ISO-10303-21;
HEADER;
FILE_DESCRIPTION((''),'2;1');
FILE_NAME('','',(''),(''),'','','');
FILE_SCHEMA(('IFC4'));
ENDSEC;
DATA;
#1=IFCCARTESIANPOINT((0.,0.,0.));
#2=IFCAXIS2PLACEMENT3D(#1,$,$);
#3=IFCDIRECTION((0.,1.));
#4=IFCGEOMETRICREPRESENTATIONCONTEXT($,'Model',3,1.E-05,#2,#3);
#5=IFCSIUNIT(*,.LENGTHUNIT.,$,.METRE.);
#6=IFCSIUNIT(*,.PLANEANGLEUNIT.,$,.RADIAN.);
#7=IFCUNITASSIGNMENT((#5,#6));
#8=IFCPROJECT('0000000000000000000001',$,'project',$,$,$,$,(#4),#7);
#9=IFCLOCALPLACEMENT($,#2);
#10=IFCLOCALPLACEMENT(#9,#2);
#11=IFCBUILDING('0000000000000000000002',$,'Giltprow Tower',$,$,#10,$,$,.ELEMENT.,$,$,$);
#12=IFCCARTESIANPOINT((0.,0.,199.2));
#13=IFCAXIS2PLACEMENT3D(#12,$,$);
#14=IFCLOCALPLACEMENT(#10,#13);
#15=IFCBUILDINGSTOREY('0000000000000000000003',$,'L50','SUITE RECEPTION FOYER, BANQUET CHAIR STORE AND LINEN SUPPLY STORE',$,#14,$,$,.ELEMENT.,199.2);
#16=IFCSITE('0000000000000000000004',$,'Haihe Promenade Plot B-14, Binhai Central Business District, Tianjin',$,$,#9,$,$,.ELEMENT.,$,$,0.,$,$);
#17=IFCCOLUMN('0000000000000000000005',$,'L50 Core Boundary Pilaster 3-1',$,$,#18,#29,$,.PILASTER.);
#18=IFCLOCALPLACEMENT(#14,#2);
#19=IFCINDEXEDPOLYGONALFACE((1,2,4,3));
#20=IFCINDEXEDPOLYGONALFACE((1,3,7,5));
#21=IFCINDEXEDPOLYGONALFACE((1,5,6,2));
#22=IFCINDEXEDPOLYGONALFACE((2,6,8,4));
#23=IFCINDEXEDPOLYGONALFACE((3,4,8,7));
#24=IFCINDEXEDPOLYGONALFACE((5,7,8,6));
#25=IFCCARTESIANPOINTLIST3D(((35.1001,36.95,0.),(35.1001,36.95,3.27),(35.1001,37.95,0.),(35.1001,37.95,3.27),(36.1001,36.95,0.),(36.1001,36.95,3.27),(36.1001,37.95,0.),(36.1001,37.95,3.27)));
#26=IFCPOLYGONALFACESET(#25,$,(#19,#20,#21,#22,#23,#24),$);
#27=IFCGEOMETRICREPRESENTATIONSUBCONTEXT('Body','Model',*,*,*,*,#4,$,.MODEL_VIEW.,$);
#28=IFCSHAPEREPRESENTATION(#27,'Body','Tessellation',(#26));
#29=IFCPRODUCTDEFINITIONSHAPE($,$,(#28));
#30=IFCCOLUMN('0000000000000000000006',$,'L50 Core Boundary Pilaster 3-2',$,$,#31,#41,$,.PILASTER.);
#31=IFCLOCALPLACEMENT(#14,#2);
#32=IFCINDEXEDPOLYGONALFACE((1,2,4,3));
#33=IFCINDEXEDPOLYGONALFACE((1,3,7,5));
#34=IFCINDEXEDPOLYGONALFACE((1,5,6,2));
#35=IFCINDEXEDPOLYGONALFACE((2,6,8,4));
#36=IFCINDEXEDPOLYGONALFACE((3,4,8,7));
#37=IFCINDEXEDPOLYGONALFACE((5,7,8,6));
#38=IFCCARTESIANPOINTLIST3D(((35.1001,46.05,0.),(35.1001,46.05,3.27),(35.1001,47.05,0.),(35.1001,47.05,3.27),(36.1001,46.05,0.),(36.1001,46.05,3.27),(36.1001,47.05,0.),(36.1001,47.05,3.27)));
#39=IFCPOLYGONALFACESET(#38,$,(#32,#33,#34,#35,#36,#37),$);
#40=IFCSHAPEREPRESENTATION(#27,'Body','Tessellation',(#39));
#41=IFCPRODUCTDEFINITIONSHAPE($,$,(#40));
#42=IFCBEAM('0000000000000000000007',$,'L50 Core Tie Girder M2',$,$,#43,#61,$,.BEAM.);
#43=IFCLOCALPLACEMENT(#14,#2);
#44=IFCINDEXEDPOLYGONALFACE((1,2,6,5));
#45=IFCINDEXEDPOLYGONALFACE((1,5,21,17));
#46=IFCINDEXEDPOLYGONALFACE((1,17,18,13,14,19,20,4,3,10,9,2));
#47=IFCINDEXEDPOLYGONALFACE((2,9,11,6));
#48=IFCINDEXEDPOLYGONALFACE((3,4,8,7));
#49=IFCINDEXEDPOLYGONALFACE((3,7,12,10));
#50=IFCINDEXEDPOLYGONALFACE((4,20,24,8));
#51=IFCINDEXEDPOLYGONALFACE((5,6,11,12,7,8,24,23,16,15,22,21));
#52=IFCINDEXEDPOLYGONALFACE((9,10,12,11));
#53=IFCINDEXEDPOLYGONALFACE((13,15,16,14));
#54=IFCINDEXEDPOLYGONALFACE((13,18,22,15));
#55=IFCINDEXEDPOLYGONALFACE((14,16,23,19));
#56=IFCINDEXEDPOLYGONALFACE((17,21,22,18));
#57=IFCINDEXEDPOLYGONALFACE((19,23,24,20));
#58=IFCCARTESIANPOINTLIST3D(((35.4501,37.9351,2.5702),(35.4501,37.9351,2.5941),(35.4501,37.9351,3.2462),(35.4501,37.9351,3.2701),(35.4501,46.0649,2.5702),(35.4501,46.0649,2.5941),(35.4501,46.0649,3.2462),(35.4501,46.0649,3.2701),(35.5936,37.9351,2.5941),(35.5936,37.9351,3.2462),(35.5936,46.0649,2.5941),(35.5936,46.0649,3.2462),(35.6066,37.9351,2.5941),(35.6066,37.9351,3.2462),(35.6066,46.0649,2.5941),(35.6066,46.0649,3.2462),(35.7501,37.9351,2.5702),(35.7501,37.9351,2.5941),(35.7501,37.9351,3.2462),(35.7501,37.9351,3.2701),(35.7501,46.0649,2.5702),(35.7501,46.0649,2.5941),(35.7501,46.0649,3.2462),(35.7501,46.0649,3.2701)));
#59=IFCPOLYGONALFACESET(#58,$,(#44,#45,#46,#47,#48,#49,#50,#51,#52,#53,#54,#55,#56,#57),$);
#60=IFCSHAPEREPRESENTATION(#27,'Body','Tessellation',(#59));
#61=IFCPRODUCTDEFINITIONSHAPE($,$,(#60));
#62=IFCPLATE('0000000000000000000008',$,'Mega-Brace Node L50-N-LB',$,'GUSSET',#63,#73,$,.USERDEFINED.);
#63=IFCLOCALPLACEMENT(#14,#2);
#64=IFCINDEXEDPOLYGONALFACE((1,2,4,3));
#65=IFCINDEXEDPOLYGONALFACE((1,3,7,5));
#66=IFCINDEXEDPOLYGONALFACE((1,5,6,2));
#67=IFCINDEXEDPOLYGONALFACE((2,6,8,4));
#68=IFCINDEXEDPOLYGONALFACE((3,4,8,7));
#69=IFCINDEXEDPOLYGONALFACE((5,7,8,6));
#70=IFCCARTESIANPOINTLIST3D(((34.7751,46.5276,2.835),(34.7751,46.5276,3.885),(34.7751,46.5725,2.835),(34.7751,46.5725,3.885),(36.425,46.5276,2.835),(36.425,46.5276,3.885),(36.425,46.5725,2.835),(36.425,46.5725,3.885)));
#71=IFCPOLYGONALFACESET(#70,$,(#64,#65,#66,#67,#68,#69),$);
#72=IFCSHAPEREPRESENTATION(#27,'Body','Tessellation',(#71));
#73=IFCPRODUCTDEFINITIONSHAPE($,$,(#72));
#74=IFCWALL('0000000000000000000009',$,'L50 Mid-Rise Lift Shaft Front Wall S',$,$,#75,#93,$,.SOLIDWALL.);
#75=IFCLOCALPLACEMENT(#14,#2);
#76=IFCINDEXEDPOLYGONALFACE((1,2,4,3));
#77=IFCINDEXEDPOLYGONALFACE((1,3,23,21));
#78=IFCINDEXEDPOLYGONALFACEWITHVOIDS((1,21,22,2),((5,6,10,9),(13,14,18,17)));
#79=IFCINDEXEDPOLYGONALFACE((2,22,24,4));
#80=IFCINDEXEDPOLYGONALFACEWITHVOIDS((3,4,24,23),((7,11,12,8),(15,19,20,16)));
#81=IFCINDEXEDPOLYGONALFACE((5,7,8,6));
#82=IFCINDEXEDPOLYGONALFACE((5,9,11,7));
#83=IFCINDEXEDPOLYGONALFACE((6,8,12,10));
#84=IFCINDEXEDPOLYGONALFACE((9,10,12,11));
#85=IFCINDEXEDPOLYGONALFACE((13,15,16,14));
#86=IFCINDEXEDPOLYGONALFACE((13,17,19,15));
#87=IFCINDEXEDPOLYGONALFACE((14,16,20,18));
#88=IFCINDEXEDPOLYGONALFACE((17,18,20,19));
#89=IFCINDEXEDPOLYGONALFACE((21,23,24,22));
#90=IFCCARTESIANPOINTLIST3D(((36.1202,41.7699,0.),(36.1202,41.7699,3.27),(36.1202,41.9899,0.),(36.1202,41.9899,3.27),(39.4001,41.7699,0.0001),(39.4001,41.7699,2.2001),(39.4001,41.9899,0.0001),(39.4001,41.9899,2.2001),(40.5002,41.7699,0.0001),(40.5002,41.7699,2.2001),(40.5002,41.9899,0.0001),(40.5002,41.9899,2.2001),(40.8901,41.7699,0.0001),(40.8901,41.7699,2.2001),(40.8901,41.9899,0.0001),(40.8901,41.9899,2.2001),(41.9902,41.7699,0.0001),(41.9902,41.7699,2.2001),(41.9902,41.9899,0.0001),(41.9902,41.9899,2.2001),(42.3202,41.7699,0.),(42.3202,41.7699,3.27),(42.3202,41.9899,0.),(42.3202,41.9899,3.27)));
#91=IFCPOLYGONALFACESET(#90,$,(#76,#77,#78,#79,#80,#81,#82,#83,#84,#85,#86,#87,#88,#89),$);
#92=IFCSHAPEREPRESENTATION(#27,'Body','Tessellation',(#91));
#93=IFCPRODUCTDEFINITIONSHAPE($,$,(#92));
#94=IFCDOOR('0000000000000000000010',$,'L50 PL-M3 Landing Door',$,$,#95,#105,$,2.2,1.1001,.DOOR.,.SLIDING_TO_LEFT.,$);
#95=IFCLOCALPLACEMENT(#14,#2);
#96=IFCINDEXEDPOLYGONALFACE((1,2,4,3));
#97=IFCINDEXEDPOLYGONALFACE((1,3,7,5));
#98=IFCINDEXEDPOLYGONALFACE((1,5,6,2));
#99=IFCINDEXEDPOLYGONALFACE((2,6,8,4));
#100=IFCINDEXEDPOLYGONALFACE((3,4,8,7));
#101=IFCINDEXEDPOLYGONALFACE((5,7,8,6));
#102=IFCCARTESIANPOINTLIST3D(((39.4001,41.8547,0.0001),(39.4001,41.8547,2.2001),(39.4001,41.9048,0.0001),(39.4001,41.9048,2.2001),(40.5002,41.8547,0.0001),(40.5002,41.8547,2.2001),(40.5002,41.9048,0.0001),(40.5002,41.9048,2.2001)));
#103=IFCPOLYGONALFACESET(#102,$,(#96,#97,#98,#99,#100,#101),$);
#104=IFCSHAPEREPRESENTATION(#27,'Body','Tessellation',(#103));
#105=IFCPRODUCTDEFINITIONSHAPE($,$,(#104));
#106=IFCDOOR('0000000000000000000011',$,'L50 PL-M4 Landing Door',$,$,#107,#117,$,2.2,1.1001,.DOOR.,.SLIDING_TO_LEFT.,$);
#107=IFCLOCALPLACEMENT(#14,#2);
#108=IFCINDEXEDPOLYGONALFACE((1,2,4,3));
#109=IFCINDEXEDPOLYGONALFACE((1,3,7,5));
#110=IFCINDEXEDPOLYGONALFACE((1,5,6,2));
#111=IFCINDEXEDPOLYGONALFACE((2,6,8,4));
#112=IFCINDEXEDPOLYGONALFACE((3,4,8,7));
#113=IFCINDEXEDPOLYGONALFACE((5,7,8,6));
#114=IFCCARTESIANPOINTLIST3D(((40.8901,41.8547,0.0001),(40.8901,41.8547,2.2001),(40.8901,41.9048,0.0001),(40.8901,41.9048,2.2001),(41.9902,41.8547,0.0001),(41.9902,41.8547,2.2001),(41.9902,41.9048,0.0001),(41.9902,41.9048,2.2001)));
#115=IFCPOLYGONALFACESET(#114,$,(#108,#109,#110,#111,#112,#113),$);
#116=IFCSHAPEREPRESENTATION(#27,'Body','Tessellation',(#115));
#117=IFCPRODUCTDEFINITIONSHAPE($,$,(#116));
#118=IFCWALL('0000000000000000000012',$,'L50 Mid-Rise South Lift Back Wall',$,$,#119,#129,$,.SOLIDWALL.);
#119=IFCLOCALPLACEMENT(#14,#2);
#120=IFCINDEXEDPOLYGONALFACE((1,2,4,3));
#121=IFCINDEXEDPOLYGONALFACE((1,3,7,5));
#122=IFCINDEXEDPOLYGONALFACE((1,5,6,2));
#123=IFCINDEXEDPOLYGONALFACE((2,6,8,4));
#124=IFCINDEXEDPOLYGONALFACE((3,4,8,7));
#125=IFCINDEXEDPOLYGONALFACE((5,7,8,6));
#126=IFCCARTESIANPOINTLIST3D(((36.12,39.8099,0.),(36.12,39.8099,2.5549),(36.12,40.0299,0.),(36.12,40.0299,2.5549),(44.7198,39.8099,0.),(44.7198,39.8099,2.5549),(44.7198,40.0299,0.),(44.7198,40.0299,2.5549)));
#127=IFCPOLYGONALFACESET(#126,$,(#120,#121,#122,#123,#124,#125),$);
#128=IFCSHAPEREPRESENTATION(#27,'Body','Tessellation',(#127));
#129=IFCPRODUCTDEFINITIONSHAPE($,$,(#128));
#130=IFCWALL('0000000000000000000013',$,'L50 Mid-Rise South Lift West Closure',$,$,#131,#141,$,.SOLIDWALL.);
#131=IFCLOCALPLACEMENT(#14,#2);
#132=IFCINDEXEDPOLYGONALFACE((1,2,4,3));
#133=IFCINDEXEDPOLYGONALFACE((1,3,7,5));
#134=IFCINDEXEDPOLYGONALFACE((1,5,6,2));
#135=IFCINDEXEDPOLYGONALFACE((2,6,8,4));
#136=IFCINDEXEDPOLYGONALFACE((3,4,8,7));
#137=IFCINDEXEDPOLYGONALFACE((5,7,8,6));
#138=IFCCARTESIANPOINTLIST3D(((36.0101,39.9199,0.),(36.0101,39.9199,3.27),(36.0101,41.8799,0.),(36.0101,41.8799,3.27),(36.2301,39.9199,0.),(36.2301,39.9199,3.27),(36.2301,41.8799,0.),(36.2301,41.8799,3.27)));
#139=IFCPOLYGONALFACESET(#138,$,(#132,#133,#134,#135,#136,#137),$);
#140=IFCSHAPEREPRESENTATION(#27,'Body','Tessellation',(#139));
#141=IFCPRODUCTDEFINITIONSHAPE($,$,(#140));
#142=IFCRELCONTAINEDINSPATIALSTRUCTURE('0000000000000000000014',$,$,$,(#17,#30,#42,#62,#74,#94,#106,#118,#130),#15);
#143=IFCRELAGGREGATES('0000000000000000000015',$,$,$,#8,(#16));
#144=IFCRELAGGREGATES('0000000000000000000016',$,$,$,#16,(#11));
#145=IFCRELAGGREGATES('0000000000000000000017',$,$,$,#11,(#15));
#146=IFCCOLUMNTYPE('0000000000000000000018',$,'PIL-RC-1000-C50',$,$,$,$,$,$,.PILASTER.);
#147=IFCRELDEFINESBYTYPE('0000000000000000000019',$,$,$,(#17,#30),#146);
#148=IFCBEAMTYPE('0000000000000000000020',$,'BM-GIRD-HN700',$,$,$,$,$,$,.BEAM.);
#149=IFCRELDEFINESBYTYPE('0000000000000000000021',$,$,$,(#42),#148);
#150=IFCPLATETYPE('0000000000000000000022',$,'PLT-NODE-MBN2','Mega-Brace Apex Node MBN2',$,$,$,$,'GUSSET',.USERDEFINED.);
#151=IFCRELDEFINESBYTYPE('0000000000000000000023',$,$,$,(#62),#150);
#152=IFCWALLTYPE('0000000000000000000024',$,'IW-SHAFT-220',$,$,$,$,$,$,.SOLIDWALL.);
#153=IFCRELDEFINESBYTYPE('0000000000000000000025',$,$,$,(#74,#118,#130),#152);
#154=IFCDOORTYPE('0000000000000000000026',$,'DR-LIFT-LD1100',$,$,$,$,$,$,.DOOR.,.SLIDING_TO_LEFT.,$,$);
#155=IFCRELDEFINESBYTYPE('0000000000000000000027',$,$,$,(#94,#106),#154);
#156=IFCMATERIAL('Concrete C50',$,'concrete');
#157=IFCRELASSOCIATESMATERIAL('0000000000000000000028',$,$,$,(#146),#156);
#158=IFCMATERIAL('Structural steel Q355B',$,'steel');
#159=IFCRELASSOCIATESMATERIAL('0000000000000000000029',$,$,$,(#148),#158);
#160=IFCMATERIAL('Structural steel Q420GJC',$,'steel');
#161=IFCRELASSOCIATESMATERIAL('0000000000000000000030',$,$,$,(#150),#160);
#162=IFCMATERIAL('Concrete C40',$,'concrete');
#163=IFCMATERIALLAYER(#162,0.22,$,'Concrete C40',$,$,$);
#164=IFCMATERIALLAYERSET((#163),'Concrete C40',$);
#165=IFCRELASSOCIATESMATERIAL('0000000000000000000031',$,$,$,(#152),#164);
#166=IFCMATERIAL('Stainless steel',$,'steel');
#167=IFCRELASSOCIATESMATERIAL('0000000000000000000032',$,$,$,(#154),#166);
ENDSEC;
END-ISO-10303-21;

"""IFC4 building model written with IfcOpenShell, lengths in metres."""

from ifc_helpers import new_model, si_unit, direction, frame, frame_2d, origin, origin_2d, place, context, subcontext, project, spatial, rectangle, i_section, extrude, source, transform, mapped, material, layer, layer_set, material_profile, profile_set, type_object, element, fill, save


model = new_model("IFC4")

# Units and contexts
model_context = context("Model", 3, precision=1e-05, world=origin(), true_north=direction((0.0, 1.0)))
body_context = subcontext(model_context, "Body", "Model", "MODEL_VIEW")
ifc_project = project(units=[si_unit("LENGTHUNIT", "METRE"), si_unit("PLANEANGLEUNIT", "RADIAN")], contexts=[model_context])

# Site, building, storey
site_placement = place(None, origin())
site = spatial("IfcSite", under=ifc_project, at=site_placement, Name="Haihe Promenade Plot B-14, Binhai Central Business District, Tianjin", CompositionType="ELEMENT", RefElevation=0.0)
building_placement = place(site_placement, origin())
building = spatial("IfcBuilding", under=site, at=building_placement, Name="Giltprow Tower", CompositionType="ELEMENT")
storey_placement = place(building_placement, frame((0.0, 0.0, 199.2)))
storey = spatial("IfcBuildingStorey", under=building, at=storey_placement, Name="L50", Description="SUITE RECEPTION FOYER, BANQUET CHAIR STORE AND LINEN SUPPLY STORE", CompositionType="ELEMENT", Elevation=199.2)

# Columns
ifc_material_1 = material(Name="Concrete C50", Category="concrete")
ifc_material_profile_1 = material_profile(ifc_material_1, rectangle(XDim=1.0, YDim=1.0, at=origin_2d()), Name="RC 1000x1000")
ifc_profile_set_1 = profile_set([ifc_material_profile_1], Name="Concrete C50")
column_type = type_object("IfcColumnType", Name="PIL-RC-1000-C50", PredefinedType="PILASTER", material=ifc_profile_set_1)
shared_shape_1 = source(origin(), body_context, "Body", "SweptSolid", [
    extrude(rectangle(XDim=1.0, YDim=1.0, at=origin_2d()), origin(), (0.0, 0.0, 1.0), 3.27),
])
for number, where, z_axis, x_axis, name in (
    (1, (35.6001, 37.45, 0.0), (0.0, 0.0, 1.0), (1.0, 0.0, 0.0), "L50 Core Boundary Pilaster 3-1"),
    (2, (35.6001, 46.55, 0.0), (0.0, 0.0, 1.0), (1.0, 0.0, 0.0), "L50 Core Boundary Pilaster 3-2"),
):
    element("IfcColumn", number, at=place(storey_placement, frame(where, z_axis=z_axis, x_axis=x_axis)), inside=storey, type_object=column_type, Name=name, PredefinedType="PILASTER", context=body_context, shape_type="MappedRepresentation", body=[
        mapped(shared_shape_1, transform((0.0, 0.0, 0.0), x_axis=(1.0, 0.0, 0.0), y_axis=(0.0, 1.0, 0.0), z_axis=(0.0, 0.0, 1.0), scale=1.0)),
    ])

# Beam
ifc_material_2 = material(Name="Structural steel Q355B", Category="steel")
ifc_material_profile_2 = material_profile(ifc_material_2, i_section(OverallWidth=0.3, OverallDepth=0.7, WebThickness=0.0129, FlangeThickness=0.0239, at=origin_2d()), Name="HN 700x300x13x24")
ifc_profile_set_2 = profile_set([ifc_material_profile_2], Name="Structural steel Q355B")
beam_type = type_object("IfcBeamType", Name="BM-GIRD-HN700", PredefinedType="BEAM", material=ifc_profile_set_2)
shared_shape_2 = source(origin(), body_context, "Body", "SweptSolid", [
    extrude(i_section(OverallWidth=0.3, OverallDepth=0.7, WebThickness=0.0129, FlangeThickness=0.0239, at=origin_2d()), origin(), (0.0, 0.0, 1.0), 8.1299),
])
beam_placement = place(storey_placement, frame((35.6001, 37.9351, 2.9202), z_axis=(0.0, 1.0, 0.0), x_axis=(-1.0, 0.0, 0.0)))
element("IfcBeam", 3, at=beam_placement, inside=storey, type_object=beam_type, Name="L50 Core Tie Girder M2", PredefinedType="BEAM", context=body_context, shape_type="MappedRepresentation", body=[
    mapped(shared_shape_2, transform((0.0, 0.0, 0.0), x_axis=(1.0, 0.0, 0.0), y_axis=(0.0, 1.0, 0.0), z_axis=(0.0, 0.0, 1.0), scale=1.0)),
])

# Plate
ifc_material_3 = material(Name="Structural steel Q420GJC", Category="steel")
plate_type = type_object("IfcPlateType", Name="PLT-NODE-MBN2", Description="Mega-Brace Apex Node MBN2", ElementType="GUSSET", PredefinedType="USERDEFINED", material=ifc_material_3)
shared_shape_3 = source(origin(), body_context, "Body", "SweptSolid", [
    extrude(rectangle(XDim=1.6499, YDim=0.0449, at=origin_2d()), origin(), (0.0, 0.0, 1.0), 1.05),
])
plate_placement = place(storey_placement, frame((35.6001, 46.55, 2.835), z_axis=(0.0, 0.0, 1.0), x_axis=(1.0, 0.0, 0.0)))
element("IfcPlate", 4, at=plate_placement, inside=storey, type_object=plate_type, Name="Mega-Brace Node L50-N-LB", ObjectType="GUSSET", PredefinedType="USERDEFINED", context=body_context, shape_type="MappedRepresentation", body=[
    mapped(shared_shape_3, transform((0.0, 0.0, 0.0), x_axis=(1.0, 0.0, 0.0), y_axis=(0.0, 1.0, 0.0), z_axis=(0.0, 0.0, 1.0), scale=1.0)),
])

# Wall, openings, doors
ifc_material_4 = material(Name="Concrete C40", Category="concrete")
ifc_layer_1 = layer(ifc_material_4, 0.22, Name="Concrete C40")
ifc_layer_set_1 = layer_set([ifc_layer_1], Name="Concrete C40")
wall_type_1 = type_object("IfcWallType", Name="IW-SHAFT-220", PredefinedType="SOLIDWALL", material=ifc_layer_set_1)
wall_1_placement = place(storey_placement, frame((36.1201, 41.8799, 0.0), z_axis=(0.0, 0.0, 1.0), x_axis=(1.0, 0.0, 0.0)))
wall_1 = element("IfcWall", 5, at=wall_1_placement, inside=storey, type_object=wall_type_1, Name="L50 Mid-Rise Lift Shaft Front Wall S", PredefinedType="SOLIDWALL", context=body_context, shape_type="SweptSolid", body=[
    extrude(rectangle(XDim=6.2, YDim=0.22, at=frame_2d((3.1001, 0.0))), origin(), (0.0, 0.0, 1.0), 3.27),
])
opening_1_placement = place(wall_1_placement, frame((3.28, 0.0, 0.0)))
opening_1 = element("IfcOpeningElement", 6, at=opening_1_placement, cuts=wall_1, PredefinedType="OPENING", context=body_context, shape_type="SweptSolid", body=[
    extrude(rectangle(XDim=1.1001, YDim=2.2, at=frame_2d((0.55, 1.1001))), frame((0.0, 0.1199, 0.0), z_axis=(0.0, -1.0, 0.0), x_axis=(1.0, 0.0, 0.0)), (0.0, 0.0, 1.0), 0.24),
])
opening_2_placement = place(wall_1_placement, frame((4.77, 0.0, 0.0)))
opening_2 = element("IfcOpeningElement", 7, at=opening_2_placement, cuts=wall_1, PredefinedType="OPENING", context=body_context, shape_type="SweptSolid", body=[
    extrude(rectangle(XDim=1.1001, YDim=2.2, at=frame_2d((0.55, 1.1001))), frame((0.0, 0.1199, 0.0), z_axis=(0.0, -1.0, 0.0), x_axis=(1.0, 0.0, 0.0)), (0.0, 0.0, 1.0), 0.24),
])
ifc_material_5 = material(Name="Stainless steel", Category="steel")
door_type_1 = type_object("IfcDoorType", Name="DR-LIFT-LD1100", OperationType="SLIDING_TO_LEFT", PredefinedType="DOOR", material=ifc_material_5)
shared_shape_4 = source(origin(), body_context, "Body", "SweptSolid", [
    extrude(rectangle(XDim=1.1001, YDim=2.2, at=frame_2d((0.55, 1.1001))), frame((0.0, 0.0249, 0.0), z_axis=(0.0, -1.0, 0.0), x_axis=(1.0, 0.0, 0.0)), (0.0, 0.0, 1.0), 0.05),
])
door_1_placement = place(opening_1_placement, origin())
door_1 = element("IfcDoor", 8, at=door_1_placement, inside=storey, type_object=door_type_1, Name="L50 PL-M3 Landing Door", OperationType="SLIDING_TO_LEFT", OverallHeight=2.2, OverallWidth=1.1001, PredefinedType="DOOR", context=body_context, shape_type="MappedRepresentation", body=[
    mapped(shared_shape_4, transform((0.0, 0.0, 0.0), x_axis=(1.0, 0.0, 0.0), y_axis=(0.0, 1.0, 0.0), z_axis=(0.0, 0.0, 1.0), scale=1.0)),
])
fill(opening_1, door_1)
door_2_placement = place(opening_2_placement, origin())
door_2 = element("IfcDoor", 9, at=door_2_placement, inside=storey, type_object=door_type_1, Name="L50 PL-M4 Landing Door", OperationType="SLIDING_TO_LEFT", OverallHeight=2.2, OverallWidth=1.1001, PredefinedType="DOOR", context=body_context, shape_type="MappedRepresentation", body=[
    mapped(shared_shape_4, transform((0.0, 0.0, 0.0), x_axis=(1.0, 0.0, 0.0), y_axis=(0.0, 1.0, 0.0), z_axis=(0.0, 0.0, 1.0), scale=1.0)),
])
fill(opening_2, door_2)

# Walls
wall_2_placement = place(storey_placement, frame((36.1201, 39.9199, 0.0), z_axis=(0.0, 0.0, 1.0), x_axis=(1.0, 0.0, 0.0)))
element("IfcWall", 10, at=wall_2_placement, inside=storey, type_object=wall_type_1, Name="L50 Mid-Rise South Lift Back Wall", PredefinedType="SOLIDWALL", context=body_context, shape_type="SweptSolid", body=[
    extrude(rectangle(XDim=8.5999, YDim=0.22, at=frame_2d((4.2998, 0.0))), origin(), (0.0, 0.0, 1.0), 2.5549),
])
wall_3_placement = place(storey_placement, frame((36.1201, 39.9199, 0.0), z_axis=(0.0, 0.0, 1.0), x_axis=(0.0, 1.0, 0.0)))
element("IfcWall", 11, at=wall_3_placement, inside=storey, type_object=wall_type_1, Name="L50 Mid-Rise South Lift West Closure", PredefinedType="SOLIDWALL", context=body_context, shape_type="SweptSolid", body=[
    extrude(rectangle(XDim=1.96, YDim=0.22, at=frame_2d((0.98, 0.0))), origin(), (0.0, 0.0, 1.0), 3.27),
])

save(model, "model.ifc")
